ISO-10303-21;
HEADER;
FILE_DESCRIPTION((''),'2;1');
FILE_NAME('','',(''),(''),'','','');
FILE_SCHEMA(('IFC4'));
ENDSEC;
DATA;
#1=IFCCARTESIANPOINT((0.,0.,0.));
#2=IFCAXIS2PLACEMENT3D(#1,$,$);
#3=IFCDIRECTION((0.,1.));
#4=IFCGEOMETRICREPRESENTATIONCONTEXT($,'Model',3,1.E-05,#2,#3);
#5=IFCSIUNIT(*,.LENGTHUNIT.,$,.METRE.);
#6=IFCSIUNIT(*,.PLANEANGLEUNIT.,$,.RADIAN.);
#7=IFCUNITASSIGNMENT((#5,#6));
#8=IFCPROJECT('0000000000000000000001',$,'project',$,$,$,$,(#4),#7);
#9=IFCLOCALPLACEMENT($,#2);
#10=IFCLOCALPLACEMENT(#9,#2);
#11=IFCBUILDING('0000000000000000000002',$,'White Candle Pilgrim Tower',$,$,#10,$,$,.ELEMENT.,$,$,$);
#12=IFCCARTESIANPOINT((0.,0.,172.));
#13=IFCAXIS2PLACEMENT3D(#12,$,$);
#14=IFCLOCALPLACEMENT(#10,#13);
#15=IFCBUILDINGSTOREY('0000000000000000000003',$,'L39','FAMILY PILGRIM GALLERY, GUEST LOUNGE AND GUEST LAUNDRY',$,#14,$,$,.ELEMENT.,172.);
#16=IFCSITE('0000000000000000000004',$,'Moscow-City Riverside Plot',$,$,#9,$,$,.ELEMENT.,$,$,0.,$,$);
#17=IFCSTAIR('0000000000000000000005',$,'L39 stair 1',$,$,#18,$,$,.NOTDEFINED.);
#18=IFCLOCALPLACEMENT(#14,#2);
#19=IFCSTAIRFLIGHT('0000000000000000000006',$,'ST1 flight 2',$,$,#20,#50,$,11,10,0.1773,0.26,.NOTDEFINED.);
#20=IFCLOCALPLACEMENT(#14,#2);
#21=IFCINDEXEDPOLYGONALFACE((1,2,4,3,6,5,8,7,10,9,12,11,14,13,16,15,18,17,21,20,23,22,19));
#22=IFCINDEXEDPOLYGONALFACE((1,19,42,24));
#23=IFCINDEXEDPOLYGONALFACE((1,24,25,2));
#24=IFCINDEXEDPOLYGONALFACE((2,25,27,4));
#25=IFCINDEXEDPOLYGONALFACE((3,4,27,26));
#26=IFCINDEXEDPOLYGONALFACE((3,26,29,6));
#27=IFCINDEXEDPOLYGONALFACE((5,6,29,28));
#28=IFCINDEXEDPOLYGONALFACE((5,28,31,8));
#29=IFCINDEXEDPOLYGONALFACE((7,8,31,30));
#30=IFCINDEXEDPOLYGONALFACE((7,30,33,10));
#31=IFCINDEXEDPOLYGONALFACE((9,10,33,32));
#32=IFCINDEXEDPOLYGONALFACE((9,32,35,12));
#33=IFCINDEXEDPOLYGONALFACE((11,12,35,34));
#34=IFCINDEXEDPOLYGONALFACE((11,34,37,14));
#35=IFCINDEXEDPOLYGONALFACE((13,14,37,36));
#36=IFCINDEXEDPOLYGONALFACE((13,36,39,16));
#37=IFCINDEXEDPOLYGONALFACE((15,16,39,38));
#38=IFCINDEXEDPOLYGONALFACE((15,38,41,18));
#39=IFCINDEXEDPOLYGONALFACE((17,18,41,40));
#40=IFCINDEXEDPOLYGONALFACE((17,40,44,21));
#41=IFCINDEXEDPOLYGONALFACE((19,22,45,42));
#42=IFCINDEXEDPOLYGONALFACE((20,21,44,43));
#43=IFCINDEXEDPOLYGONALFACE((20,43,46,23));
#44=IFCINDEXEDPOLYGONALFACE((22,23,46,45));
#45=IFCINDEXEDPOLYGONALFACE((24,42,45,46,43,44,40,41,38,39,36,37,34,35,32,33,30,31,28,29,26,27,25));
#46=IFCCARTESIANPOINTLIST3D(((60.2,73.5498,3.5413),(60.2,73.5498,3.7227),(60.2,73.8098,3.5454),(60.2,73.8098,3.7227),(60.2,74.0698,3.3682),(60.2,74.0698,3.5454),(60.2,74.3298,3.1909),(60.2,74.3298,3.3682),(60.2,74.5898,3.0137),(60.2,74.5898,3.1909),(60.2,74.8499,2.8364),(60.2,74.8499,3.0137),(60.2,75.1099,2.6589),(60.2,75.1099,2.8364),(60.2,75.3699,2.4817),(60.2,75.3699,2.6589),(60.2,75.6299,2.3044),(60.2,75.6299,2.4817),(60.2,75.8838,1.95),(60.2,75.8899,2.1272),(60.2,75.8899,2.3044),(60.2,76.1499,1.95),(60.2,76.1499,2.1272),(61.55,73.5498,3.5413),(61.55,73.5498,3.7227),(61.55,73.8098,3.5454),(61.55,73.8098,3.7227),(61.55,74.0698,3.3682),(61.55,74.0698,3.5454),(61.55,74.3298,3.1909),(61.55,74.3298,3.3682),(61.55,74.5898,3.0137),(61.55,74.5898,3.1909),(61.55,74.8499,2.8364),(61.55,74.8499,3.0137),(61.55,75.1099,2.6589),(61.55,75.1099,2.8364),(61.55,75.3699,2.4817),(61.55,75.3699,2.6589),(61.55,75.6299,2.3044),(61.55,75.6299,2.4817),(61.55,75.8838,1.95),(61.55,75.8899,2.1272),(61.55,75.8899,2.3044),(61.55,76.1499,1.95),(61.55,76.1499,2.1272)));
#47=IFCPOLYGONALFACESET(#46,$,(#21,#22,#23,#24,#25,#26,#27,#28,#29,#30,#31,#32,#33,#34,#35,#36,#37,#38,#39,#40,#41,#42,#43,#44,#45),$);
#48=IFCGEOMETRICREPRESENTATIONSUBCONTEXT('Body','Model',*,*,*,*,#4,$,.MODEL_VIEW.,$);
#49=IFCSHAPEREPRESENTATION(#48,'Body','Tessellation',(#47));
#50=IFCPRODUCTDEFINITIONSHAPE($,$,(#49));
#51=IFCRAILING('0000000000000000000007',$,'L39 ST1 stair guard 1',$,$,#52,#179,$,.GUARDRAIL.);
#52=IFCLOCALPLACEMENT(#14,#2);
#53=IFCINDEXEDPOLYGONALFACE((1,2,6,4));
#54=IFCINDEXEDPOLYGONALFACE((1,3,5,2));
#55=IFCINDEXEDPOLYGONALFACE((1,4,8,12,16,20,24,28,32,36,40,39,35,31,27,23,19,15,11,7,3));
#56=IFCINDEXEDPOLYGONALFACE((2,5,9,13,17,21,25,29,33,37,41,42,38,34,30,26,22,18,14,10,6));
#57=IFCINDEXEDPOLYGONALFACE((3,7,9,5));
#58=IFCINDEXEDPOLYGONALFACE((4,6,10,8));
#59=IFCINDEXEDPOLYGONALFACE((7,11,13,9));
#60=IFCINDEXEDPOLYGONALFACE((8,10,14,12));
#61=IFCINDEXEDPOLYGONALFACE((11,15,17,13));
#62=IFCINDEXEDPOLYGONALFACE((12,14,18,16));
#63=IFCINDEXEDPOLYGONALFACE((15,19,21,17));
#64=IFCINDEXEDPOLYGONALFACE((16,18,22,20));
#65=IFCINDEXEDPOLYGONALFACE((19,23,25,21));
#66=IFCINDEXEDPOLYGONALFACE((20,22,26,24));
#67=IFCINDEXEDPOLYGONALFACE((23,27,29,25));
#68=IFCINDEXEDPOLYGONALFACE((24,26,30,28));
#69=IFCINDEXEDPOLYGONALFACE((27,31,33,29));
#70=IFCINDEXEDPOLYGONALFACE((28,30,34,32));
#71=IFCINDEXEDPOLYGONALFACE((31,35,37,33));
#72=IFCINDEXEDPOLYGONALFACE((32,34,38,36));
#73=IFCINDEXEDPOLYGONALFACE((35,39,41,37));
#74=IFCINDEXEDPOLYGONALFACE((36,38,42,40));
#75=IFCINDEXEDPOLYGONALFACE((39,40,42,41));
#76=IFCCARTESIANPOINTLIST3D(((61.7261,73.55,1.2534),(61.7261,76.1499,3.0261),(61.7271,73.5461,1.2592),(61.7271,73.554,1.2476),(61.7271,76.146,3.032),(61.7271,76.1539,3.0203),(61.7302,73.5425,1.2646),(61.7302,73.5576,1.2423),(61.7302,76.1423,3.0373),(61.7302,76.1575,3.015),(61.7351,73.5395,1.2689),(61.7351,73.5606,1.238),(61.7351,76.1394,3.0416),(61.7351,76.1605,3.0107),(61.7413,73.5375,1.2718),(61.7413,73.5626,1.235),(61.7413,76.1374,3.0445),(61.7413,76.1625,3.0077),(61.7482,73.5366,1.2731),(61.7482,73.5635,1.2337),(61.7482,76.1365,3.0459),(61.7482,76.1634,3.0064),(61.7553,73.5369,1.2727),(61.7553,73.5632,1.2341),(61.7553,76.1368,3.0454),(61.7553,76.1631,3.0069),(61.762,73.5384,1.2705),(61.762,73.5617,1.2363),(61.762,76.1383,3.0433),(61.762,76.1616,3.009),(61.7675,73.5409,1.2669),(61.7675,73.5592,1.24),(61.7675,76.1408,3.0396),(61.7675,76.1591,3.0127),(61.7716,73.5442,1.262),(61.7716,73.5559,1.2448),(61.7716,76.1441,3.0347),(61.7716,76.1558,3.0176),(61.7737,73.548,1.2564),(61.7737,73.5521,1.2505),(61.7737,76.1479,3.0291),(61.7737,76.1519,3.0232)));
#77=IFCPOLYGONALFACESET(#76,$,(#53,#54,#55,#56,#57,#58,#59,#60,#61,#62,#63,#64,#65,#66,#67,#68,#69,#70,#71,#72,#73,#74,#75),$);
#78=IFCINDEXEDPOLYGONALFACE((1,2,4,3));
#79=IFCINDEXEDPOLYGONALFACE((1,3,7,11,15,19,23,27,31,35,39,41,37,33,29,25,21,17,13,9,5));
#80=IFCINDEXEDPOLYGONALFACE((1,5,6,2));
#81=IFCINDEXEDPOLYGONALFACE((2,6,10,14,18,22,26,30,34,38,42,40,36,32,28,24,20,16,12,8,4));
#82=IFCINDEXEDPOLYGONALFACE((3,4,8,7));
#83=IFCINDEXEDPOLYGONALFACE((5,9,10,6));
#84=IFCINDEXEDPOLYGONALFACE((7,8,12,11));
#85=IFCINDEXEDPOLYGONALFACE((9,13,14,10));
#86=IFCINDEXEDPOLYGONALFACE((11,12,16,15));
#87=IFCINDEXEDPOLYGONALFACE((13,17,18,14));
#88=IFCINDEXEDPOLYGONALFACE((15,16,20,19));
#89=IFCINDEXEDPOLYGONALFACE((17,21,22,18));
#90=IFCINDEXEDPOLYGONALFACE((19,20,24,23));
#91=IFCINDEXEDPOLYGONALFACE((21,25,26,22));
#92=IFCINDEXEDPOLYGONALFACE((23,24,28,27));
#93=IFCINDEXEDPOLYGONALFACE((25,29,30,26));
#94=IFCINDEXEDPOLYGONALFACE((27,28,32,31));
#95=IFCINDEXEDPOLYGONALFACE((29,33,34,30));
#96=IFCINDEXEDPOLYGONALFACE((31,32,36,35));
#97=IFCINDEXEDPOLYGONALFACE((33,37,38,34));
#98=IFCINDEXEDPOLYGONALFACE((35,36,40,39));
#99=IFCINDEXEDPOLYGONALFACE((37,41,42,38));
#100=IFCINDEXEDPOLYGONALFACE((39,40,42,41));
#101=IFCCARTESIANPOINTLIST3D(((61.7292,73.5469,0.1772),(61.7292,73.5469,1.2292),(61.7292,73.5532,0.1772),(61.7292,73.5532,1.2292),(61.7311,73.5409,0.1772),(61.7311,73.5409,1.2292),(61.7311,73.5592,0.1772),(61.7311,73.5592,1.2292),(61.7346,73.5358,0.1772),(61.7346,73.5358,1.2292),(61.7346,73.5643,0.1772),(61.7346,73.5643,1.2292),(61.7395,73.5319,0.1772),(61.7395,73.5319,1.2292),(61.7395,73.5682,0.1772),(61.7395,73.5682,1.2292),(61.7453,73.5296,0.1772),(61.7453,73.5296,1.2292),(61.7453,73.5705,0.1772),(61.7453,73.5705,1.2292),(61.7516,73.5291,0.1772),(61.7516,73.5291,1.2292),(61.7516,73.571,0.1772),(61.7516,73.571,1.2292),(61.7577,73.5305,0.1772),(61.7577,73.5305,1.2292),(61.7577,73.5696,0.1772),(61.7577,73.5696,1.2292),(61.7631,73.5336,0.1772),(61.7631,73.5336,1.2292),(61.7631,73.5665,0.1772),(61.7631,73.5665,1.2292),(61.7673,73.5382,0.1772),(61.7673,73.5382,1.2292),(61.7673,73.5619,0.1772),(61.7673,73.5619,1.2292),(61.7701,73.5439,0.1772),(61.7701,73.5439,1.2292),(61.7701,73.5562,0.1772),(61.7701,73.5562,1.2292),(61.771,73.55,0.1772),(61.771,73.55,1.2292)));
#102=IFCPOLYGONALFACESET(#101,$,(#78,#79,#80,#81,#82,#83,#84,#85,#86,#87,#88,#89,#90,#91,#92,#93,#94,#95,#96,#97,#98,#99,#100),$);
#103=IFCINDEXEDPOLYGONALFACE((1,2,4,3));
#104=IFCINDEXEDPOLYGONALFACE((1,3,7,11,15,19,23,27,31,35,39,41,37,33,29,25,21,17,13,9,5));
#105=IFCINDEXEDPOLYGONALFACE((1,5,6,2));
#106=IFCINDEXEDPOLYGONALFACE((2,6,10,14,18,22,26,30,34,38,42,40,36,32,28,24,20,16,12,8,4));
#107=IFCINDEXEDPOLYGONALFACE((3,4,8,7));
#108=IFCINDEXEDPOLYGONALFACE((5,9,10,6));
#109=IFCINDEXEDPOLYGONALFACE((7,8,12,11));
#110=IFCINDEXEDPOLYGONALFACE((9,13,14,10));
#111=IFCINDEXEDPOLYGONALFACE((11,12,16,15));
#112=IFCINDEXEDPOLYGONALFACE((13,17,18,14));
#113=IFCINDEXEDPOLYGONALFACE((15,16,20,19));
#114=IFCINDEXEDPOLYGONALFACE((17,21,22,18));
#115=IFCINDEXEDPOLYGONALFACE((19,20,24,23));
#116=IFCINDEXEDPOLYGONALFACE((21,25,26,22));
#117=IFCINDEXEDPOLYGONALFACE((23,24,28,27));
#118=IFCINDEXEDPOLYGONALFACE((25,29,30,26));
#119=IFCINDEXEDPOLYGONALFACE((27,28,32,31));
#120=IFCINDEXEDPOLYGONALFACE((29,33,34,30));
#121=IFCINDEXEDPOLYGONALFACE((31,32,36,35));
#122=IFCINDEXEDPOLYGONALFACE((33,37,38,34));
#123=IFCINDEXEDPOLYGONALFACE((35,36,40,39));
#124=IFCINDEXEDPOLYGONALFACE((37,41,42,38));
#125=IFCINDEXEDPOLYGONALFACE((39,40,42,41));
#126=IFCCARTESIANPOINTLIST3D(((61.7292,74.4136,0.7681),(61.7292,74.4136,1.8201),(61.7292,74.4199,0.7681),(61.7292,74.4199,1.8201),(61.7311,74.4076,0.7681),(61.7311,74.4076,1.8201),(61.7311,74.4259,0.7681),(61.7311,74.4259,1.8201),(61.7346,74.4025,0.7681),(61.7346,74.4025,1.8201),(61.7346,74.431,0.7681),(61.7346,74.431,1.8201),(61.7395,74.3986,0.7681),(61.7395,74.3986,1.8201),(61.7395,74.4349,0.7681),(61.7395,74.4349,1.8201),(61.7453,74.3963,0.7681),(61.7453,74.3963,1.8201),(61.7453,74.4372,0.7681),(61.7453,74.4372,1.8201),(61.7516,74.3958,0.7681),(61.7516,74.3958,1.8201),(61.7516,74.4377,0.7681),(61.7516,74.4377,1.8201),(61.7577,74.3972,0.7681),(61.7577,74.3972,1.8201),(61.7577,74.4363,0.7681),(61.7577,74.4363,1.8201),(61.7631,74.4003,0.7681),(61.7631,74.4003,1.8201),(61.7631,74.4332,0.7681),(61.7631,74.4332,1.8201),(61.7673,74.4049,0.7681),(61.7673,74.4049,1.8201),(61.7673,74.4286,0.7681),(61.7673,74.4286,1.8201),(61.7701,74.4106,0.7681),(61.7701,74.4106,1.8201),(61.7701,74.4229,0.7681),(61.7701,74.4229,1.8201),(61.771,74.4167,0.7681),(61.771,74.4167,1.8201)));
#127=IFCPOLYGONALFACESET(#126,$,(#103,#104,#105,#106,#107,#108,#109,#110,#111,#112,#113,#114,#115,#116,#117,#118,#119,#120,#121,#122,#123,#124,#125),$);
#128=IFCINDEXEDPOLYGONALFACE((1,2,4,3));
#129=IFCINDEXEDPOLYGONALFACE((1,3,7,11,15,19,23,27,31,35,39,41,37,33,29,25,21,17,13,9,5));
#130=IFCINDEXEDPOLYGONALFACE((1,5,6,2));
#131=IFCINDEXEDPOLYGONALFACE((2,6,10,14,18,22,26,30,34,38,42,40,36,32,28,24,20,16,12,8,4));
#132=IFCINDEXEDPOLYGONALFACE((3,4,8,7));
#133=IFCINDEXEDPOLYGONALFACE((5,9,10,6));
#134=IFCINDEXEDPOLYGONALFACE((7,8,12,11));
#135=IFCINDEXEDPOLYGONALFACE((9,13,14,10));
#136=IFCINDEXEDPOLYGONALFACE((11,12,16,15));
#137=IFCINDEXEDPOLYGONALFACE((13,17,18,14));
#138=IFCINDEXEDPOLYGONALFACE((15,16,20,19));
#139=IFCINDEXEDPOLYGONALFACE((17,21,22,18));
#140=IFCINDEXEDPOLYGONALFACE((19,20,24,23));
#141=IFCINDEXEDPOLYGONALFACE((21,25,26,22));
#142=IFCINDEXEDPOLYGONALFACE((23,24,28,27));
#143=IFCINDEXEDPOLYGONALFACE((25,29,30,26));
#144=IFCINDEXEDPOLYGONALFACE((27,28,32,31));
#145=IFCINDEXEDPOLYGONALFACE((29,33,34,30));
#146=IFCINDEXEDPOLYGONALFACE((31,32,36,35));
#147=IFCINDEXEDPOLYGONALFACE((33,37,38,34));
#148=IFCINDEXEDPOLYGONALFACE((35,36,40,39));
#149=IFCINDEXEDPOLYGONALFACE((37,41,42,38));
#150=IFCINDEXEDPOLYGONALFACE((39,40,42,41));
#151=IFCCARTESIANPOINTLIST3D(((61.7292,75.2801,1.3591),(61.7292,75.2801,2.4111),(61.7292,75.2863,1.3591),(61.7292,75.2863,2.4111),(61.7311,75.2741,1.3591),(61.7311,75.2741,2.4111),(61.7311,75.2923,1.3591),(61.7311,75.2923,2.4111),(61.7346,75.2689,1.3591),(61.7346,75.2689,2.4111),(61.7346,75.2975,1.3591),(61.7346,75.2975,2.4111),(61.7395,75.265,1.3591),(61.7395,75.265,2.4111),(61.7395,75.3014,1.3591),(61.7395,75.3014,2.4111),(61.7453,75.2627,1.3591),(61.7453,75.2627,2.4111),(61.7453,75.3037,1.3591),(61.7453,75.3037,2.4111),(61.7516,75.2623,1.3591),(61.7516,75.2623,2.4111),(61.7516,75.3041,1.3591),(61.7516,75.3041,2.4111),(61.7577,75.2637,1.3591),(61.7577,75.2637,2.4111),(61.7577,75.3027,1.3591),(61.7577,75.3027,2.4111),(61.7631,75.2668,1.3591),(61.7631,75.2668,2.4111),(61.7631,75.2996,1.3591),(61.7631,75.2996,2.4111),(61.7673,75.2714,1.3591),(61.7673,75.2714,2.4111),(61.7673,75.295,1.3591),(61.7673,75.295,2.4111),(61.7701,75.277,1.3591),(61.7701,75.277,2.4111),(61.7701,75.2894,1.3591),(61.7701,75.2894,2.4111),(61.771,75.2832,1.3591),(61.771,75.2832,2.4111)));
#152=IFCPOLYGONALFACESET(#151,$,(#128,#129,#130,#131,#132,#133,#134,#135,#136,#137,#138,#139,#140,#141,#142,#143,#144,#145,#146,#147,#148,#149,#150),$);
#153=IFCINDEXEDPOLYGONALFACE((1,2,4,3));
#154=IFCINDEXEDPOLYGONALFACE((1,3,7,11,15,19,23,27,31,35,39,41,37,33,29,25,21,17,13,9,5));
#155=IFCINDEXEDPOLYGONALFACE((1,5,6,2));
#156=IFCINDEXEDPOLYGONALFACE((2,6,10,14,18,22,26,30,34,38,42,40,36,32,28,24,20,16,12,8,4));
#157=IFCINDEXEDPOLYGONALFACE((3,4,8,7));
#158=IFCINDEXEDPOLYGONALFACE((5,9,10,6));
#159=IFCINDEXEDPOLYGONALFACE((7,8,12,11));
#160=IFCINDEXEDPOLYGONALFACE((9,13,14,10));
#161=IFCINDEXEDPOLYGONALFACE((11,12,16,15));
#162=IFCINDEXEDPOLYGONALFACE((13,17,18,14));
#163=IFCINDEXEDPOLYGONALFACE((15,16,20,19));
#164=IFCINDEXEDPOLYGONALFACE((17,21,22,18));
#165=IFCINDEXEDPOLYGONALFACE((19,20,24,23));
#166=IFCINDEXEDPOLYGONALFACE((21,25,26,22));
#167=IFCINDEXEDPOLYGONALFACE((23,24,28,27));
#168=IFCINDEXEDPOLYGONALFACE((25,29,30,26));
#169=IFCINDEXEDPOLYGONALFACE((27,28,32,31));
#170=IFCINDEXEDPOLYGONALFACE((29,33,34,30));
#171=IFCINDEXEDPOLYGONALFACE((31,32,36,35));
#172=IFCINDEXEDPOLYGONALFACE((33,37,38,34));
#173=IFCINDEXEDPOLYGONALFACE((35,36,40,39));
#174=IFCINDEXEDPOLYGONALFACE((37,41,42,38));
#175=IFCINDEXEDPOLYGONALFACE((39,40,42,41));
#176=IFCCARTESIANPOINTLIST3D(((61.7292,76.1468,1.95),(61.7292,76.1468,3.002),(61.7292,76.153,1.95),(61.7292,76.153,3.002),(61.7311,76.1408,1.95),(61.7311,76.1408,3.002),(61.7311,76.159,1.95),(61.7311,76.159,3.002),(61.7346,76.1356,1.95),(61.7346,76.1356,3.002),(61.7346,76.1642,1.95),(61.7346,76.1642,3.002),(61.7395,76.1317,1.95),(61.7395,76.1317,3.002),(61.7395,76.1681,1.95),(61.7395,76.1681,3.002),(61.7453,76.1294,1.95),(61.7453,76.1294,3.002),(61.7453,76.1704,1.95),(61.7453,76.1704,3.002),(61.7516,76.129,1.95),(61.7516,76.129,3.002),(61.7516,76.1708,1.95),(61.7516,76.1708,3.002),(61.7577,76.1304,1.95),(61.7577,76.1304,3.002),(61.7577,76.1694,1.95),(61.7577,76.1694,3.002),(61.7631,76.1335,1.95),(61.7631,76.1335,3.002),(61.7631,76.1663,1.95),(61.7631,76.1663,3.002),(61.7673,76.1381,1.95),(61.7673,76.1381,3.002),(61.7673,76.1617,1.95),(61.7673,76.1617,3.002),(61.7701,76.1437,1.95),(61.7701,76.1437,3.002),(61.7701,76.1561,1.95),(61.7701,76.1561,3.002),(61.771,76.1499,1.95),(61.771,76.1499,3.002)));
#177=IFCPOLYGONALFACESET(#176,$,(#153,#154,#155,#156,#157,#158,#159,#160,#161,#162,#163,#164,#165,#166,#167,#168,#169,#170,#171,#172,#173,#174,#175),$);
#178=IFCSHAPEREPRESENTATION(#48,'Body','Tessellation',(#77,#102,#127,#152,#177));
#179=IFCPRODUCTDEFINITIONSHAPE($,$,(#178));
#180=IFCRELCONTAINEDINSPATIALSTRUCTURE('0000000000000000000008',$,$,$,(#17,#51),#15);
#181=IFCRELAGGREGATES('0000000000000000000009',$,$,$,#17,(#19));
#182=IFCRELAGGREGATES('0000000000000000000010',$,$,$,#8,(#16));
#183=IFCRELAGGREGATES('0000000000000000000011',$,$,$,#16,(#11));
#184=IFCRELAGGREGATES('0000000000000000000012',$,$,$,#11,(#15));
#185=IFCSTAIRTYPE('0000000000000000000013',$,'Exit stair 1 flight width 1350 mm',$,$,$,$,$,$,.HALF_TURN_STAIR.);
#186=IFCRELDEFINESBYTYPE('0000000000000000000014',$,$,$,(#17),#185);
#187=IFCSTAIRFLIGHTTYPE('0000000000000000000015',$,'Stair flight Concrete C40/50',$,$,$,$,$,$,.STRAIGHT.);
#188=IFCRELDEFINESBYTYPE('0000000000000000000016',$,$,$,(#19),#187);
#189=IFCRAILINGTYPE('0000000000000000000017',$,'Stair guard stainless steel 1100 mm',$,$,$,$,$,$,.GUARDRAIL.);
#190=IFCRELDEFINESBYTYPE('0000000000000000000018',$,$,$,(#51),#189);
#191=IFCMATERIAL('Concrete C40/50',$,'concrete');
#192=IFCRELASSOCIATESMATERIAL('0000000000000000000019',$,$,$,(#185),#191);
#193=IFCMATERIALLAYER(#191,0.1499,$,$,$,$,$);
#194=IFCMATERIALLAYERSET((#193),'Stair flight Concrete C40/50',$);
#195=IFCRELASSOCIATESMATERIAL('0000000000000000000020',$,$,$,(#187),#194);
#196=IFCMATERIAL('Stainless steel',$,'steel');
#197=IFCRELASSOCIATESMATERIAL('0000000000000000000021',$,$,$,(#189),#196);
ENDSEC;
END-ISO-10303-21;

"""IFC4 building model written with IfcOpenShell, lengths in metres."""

from ifc_helpers import new_model, si_unit, direction, frame, origin, origin_2d, place, context, subcontext, project, spatial, polyline, circle, outline, extrude, material, layer, layer_set, type_object, element, aggregate, save


model = new_model("IFC4")

# Units and contexts
model_context = context("Model", 3, precision=1e-05, world=origin(), true_north=direction((0.0, 1.0)))
body_context = subcontext(model_context, "Body", "Model", "MODEL_VIEW")
ifc_project = project(units=[si_unit("LENGTHUNIT", "METRE"), si_unit("PLANEANGLEUNIT", "RADIAN")], contexts=[model_context])

# Site, building, storey
site_placement = place(None, origin())
site = spatial("IfcSite", under=ifc_project, at=site_placement, Name="Moscow-City Riverside Plot", CompositionType="ELEMENT", RefElevation=0.0)
building_placement = place(site_placement, origin())
building = spatial("IfcBuilding", under=site, at=building_placement, Name="White Candle Pilgrim Tower", CompositionType="ELEMENT")
storey_placement = place(building_placement, frame((0.0, 0.0, 172.0)))
storey = spatial("IfcBuildingStorey", under=building, at=storey_placement, Name="L39", Description="FAMILY PILGRIM GALLERY, GUEST LOUNGE AND GUEST LAUNDRY", CompositionType="ELEMENT", Elevation=172.0)

# Shared definitions
ifc_material_1 = material(Name="Stainless steel", Category="steel")

# Stair, stair flight
ifc_material_2 = material(Name="Concrete C40/50", Category="concrete")
stair_type = type_object("IfcStairType", Name="Exit stair 1 flight width 1350 mm", PredefinedType="HALF_TURN_STAIR", material=ifc_material_2)
stair_placement = place(storey_placement, origin())
stair = element("IfcStair", 1, at=stair_placement, inside=storey, type_object=stair_type, Name="L39 stair 1", PredefinedType="NOTDEFINED")
ifc_layer_1 = layer(ifc_material_2, 0.1499)
ifc_layer_set_1 = layer_set([ifc_layer_1], Name="Stair flight Concrete C40/50")
stair_flight_type = type_object("IfcStairFlightType", Name="Stair flight Concrete C40/50", PredefinedType="STRAIGHT", material=ifc_layer_set_1)
stair_flight_1_placement = place(storey_placement, frame((60.875, 76.1499, 1.95), z_axis=(0.0, 0.0, 1.0), x_axis=(0.0, -1.0, 0.0)))
stair_flight_1 = element("IfcStairFlight", 2, at=stair_flight_1_placement, type_object=stair_flight_type, Name="ST1 flight 2", NumberOfRisers=11, NumberOfTreads=10, PredefinedType="NOTDEFINED", RiserHeight=0.1773, TreadLength=0.26, context=body_context, shape_type="SweptSolid", body=[
    extrude(outline(polyline([(0.0, 0.0), (0.0, 0.1772), (0.26, 0.1772), (0.26, 0.3545), (0.52, 0.3545), (0.52, 0.5317), (0.78, 0.5317), (0.78, 0.709), (1.04, 0.709), (1.04, 0.8865), (1.3, 0.8865), (1.3, 1.0637), (1.5601, 1.0637), (1.5601, 1.241), (1.8201, 1.241), (1.8201, 1.4182), (2.0801, 1.4182), (2.0801, 1.5955), (2.3401, 1.5955), (2.3401, 1.7727), (2.6001, 1.7727), (2.6001, 1.95), (2.6001, 1.5913), (0.2661, 0.0), (0.0, 0.0)])), frame((0.0, 0.675, 0.0), z_axis=(0.0, -1.0, 0.0), x_axis=(1.0, 0.0, 0.0)), (0.0, 0.0, 1.0), 1.3501),
])
aggregate(stair, [stair_flight_1])

# Railing
railing_type_1 = type_object("IfcRailingType", Name="Stair guard stainless steel 1100 mm", PredefinedType="GUARDRAIL", material=ifc_material_1)
railing_1_placement = place(storey_placement, frame((61.75, 73.55, 0.1772)))
element("IfcRailing", 3, at=railing_1_placement, inside=storey, type_object=railing_type_1, Name="L39 ST1 stair guard 1", PredefinedType="GUARDRAIL", context=body_context, shape_type="SweptSolid", body=[
    extrude(circle(Radius=0.0239, at=origin_2d()), frame((0.0, 0.0, 1.0762), z_axis=(0.0, 0.826216, 0.563354), x_axis=(-1.0, 0.0, 0.0)), (0.0, 0.0, 1.0), 3.1467),
    extrude(circle(Radius=0.021, at=origin_2d()), origin(), (0.0, 0.0, 1.0), 1.052),
    extrude(circle(Radius=0.021, at=origin_2d()), frame((0.0, 0.8667, 0.5908)), (0.0, 0.0, 1.0), 1.052),
    extrude(circle(Radius=0.021, at=origin_2d()), frame((0.0, 1.7332, 1.1819)), (0.0, 0.0, 1.0), 1.052),
    extrude(circle(Radius=0.021, at=origin_2d()), frame((0.0, 2.5999, 1.7727)), (0.0, 0.0, 1.0), 1.052),
])

save(model, "model.ifc")
